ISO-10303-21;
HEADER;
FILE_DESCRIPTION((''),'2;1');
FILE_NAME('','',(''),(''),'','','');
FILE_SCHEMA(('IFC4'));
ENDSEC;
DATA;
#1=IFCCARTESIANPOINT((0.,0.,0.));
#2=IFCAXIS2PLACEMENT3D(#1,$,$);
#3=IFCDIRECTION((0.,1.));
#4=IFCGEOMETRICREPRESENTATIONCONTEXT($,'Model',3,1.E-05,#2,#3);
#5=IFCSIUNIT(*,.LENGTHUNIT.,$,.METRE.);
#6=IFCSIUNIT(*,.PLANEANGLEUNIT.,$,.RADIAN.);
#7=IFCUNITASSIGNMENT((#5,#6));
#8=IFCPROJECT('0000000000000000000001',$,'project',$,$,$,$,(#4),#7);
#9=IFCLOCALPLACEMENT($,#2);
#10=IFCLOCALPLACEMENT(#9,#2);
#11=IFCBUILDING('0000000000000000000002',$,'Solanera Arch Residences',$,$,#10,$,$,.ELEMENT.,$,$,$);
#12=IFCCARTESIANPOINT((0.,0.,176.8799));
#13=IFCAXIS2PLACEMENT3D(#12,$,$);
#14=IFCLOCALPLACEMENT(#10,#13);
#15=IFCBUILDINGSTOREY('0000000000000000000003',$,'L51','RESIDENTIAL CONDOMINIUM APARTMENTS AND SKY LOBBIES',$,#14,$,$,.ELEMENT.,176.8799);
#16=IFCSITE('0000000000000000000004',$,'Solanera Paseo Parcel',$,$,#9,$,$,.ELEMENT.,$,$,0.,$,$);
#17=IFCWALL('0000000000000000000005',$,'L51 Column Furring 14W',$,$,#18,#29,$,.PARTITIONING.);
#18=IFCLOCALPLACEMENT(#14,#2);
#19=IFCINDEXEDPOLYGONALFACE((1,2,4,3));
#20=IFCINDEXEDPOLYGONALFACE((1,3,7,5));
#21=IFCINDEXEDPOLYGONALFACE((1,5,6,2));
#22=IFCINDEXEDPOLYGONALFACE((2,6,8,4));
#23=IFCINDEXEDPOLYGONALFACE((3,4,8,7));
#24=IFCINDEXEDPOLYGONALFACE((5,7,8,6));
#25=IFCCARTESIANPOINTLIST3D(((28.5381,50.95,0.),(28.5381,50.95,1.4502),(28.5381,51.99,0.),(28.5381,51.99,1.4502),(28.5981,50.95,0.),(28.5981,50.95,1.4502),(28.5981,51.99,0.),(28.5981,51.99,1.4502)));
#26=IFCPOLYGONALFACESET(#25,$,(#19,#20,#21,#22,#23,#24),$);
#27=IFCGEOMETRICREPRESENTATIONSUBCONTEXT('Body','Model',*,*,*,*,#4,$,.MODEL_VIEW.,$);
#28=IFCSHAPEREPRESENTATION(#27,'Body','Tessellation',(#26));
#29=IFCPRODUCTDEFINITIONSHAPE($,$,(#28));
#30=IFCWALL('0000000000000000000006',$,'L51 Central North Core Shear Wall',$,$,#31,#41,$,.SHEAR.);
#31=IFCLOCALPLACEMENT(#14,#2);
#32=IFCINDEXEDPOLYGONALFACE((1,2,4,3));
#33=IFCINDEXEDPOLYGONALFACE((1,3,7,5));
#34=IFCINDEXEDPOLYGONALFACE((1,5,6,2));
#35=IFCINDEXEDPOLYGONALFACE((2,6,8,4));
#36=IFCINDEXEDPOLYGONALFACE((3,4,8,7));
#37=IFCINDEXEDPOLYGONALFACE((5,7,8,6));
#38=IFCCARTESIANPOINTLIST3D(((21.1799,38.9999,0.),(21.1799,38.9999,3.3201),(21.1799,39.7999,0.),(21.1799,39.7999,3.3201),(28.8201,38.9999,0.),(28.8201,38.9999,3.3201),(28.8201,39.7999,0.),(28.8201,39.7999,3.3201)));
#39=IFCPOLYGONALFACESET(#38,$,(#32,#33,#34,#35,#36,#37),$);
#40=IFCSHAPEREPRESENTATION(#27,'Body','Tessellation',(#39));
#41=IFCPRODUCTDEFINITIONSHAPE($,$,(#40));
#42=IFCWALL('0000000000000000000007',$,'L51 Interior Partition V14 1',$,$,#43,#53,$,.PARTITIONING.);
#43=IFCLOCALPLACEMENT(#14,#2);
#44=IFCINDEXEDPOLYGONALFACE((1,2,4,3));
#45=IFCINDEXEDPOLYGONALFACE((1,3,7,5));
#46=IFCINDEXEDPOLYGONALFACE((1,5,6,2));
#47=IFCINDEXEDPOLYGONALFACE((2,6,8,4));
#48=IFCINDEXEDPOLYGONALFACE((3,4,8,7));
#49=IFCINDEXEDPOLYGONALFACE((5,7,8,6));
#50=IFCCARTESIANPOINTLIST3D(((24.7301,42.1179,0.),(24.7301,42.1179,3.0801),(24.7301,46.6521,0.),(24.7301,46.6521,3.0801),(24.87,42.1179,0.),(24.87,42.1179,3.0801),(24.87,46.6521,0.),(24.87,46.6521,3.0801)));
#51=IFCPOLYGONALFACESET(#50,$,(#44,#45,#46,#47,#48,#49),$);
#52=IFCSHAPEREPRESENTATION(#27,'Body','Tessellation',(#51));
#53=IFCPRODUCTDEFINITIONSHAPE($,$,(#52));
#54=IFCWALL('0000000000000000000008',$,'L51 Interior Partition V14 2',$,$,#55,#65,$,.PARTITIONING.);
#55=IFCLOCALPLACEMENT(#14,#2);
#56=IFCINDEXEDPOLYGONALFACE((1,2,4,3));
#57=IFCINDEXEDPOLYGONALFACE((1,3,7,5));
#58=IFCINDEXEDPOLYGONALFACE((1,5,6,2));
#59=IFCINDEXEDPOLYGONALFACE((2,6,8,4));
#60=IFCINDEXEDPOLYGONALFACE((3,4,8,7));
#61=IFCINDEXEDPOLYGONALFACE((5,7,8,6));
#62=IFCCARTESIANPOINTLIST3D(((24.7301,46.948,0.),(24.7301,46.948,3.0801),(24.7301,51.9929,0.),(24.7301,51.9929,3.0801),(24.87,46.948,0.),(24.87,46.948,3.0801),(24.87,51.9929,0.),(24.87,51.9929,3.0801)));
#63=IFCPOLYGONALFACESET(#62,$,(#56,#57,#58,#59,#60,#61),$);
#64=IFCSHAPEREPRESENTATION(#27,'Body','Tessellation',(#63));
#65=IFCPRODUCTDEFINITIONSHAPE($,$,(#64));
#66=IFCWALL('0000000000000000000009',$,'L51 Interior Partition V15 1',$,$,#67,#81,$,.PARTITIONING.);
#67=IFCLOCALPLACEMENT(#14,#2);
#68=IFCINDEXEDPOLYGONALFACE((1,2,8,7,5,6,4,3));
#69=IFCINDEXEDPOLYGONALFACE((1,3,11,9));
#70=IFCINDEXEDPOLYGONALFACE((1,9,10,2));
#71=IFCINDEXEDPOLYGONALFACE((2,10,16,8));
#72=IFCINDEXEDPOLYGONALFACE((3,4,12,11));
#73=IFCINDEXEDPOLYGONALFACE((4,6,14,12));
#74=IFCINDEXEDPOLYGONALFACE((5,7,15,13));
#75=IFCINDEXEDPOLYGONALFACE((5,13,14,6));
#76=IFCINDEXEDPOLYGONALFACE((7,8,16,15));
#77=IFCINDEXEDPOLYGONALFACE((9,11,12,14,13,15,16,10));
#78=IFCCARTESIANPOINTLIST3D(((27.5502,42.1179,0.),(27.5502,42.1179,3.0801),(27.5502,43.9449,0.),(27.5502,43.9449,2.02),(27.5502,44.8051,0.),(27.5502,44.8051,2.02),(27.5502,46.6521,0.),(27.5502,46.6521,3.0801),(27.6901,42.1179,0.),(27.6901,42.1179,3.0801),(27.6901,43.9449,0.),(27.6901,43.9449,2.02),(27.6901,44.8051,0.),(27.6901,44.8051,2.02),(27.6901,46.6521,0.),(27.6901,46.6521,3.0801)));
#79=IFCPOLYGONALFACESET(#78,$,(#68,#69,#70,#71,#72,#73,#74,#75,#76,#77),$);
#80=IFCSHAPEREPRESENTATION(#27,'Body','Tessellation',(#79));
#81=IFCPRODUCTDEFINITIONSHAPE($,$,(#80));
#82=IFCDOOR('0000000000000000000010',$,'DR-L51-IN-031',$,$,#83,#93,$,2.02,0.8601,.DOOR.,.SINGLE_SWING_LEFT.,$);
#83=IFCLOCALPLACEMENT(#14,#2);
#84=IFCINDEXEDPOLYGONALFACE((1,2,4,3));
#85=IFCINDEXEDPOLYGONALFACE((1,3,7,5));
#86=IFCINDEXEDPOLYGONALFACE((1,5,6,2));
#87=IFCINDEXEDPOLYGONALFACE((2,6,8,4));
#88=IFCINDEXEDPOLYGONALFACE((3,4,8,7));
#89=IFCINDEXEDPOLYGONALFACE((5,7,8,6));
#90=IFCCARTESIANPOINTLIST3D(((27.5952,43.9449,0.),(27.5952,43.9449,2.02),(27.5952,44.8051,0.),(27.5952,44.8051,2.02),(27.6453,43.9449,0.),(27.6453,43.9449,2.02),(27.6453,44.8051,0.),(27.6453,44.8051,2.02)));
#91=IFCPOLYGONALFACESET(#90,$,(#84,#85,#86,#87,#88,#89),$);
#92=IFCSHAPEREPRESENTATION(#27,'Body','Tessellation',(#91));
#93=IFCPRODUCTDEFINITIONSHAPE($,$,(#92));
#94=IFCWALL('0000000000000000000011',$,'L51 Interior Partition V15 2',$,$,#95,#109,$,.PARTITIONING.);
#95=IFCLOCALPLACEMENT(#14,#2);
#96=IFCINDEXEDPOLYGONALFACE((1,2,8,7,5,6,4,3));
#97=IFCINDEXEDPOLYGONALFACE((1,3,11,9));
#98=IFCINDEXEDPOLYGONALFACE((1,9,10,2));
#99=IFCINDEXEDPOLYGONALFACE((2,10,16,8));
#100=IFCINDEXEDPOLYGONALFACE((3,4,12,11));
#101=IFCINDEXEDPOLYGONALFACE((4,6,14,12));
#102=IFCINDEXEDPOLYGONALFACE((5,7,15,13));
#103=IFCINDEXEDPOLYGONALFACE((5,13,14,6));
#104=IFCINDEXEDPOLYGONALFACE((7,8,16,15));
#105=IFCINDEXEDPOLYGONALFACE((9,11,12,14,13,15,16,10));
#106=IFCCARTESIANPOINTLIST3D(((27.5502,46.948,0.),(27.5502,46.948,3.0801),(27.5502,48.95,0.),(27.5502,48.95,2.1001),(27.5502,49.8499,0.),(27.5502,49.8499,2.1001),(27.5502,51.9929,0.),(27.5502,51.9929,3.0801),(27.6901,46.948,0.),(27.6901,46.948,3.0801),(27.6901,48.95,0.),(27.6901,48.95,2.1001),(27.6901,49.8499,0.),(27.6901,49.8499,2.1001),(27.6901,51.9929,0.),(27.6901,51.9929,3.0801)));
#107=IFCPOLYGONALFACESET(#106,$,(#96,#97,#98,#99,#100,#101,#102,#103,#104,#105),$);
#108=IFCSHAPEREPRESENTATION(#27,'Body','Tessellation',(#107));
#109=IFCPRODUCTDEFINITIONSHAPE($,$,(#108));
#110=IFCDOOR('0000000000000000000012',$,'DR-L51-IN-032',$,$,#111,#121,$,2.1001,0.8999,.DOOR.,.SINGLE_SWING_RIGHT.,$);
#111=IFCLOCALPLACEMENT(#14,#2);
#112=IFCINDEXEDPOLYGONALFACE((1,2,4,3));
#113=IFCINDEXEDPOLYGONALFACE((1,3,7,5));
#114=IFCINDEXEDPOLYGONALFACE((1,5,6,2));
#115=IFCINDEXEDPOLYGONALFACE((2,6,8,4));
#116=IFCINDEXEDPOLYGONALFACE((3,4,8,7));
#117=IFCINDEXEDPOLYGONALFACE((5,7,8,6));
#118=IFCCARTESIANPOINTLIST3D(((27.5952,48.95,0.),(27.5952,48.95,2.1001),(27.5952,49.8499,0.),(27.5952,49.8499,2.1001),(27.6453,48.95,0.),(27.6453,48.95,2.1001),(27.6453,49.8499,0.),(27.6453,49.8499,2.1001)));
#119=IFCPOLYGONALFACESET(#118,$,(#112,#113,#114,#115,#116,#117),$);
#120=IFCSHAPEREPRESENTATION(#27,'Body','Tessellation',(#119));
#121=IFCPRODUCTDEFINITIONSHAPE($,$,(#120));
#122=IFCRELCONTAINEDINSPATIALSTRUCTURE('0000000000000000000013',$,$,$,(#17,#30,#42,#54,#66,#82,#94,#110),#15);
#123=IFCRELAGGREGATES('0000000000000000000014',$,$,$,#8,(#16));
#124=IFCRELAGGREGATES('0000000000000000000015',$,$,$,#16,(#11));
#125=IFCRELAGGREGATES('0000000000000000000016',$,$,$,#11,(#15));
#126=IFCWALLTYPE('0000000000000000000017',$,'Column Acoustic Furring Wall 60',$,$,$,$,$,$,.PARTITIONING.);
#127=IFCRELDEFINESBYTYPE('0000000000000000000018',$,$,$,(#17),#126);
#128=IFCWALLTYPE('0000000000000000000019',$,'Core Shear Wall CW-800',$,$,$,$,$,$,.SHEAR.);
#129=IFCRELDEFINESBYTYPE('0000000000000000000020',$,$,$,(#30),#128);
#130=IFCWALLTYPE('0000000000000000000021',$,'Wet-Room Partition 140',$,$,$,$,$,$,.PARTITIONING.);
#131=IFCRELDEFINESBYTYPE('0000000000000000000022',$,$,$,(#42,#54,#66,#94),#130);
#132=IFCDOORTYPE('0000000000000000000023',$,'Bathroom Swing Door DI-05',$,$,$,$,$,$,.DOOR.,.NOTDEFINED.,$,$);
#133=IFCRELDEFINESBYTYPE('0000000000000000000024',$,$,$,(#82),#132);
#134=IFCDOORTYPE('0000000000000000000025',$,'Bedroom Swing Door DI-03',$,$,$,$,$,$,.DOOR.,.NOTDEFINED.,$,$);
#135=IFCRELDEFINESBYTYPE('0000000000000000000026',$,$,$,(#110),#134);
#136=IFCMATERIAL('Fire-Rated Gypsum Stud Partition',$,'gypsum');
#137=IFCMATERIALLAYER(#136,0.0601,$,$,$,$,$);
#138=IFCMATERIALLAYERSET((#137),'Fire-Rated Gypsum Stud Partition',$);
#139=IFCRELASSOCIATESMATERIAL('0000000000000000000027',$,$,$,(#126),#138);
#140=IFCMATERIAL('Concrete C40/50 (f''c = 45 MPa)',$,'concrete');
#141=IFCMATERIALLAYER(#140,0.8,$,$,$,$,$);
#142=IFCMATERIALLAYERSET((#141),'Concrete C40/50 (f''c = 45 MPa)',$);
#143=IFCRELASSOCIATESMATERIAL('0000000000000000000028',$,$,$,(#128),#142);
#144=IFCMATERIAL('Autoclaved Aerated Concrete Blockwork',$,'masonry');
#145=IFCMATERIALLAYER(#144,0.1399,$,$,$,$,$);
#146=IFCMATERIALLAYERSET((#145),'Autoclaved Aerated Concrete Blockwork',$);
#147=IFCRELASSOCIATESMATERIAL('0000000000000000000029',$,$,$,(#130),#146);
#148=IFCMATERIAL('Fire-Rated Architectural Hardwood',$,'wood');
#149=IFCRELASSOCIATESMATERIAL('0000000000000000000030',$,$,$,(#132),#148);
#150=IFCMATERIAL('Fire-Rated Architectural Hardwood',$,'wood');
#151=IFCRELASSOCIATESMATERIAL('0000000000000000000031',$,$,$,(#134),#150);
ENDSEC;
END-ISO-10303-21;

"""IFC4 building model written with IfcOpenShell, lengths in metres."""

from ifc_helpers import new_model, si_unit, direction, frame, frame_2d, origin, place, context, subcontext, project, spatial, rectangle, extrude, material, layer, layer_set, type_object, element, fill, save


model = new_model("IFC4")

# Units and contexts
model_context = context("Model", 3, precision=1e-05, world=origin(), true_north=direction((0.0, 1.0)))
body_context = subcontext(model_context, "Body", "Model", "MODEL_VIEW")
ifc_project = project(units=[si_unit("LENGTHUNIT", "METRE"), si_unit("PLANEANGLEUNIT", "RADIAN")], contexts=[model_context])

# Site, building, storey
site_placement = place(None, origin())
site = spatial("IfcSite", under=ifc_project, at=site_placement, Name="Solanera Paseo Parcel", CompositionType="ELEMENT", RefElevation=0.0)
building_placement = place(site_placement, origin())
building = spatial("IfcBuilding", under=site, at=building_placement, Name="Solanera Arch Residences", CompositionType="ELEMENT")
storey_placement = place(building_placement, frame((0.0, 0.0, 176.8799)))
storey = spatial("IfcBuildingStorey", under=building, at=storey_placement, Name="L51", Description="RESIDENTIAL CONDOMINIUM APARTMENTS AND SKY LOBBIES", CompositionType="ELEMENT", Elevation=176.8799)

# Walls
ifc_material_1 = material(Name="Fire-Rated Gypsum Stud Partition", Category="gypsum")
ifc_layer_1 = layer(ifc_material_1, 0.0601)
ifc_layer_set_1 = layer_set([ifc_layer_1], Name="Fire-Rated Gypsum Stud Partition")
wall_type_1 = type_object("IfcWallType", Name="Column Acoustic Furring Wall 60", PredefinedType="PARTITIONING", material=ifc_layer_set_1)
wall_1_placement = place(storey_placement, frame((28.5681, 50.95, 0.0), z_axis=(0.0, 0.0, 1.0), x_axis=(0.0, 1.0, 0.0)))
element("IfcWall", 1, at=wall_1_placement, inside=storey, type_object=wall_type_1, Name="L51 Column Furring 14W", PredefinedType="PARTITIONING", context=body_context, shape_type="SweptSolid", body=[
    extrude(rectangle(XDim=1.04, YDim=0.0601, at=frame_2d((0.52, 0.0))), origin(), (0.0, 0.0, 1.0), 1.4502),
])
ifc_material_2 = material(Name="Concrete C40/50 (f'c = 45 MPa)", Category="concrete")
ifc_layer_2 = layer(ifc_material_2, 0.8)
ifc_layer_set_2 = layer_set([ifc_layer_2], Name="Concrete C40/50 (f'c = 45 MPa)")
wall_type_2 = type_object("IfcWallType", Name="Core Shear Wall CW-800", PredefinedType="SHEAR", material=ifc_layer_set_2)
wall_2_placement = place(storey_placement, frame((21.1799, 39.3999, 0.0), z_axis=(0.0, 0.0, 1.0), x_axis=(1.0, 0.0, 0.0)))
element("IfcWall", 2, at=wall_2_placement, inside=storey, type_object=wall_type_2, Name="L51 Central North Core Shear Wall", PredefinedType="SHEAR", context=body_context, shape_type="SweptSolid", body=[
    extrude(rectangle(XDim=7.6401, YDim=0.8, at=frame_2d((3.8201, 0.0))), origin(), (0.0, 0.0, 1.0), 3.3201),
])
ifc_material_3 = material(Name="Autoclaved Aerated Concrete Blockwork", Category="masonry")
ifc_layer_3 = layer(ifc_material_3, 0.1399)
ifc_layer_set_3 = layer_set([ifc_layer_3], Name="Autoclaved Aerated Concrete Blockwork")
wall_type_3 = type_object("IfcWallType", Name="Wet-Room Partition 140", PredefinedType="PARTITIONING", material=ifc_layer_set_3)
wall_3_placement = place(storey_placement, frame((24.8, 42.1179, 0.0), z_axis=(0.0, 0.0, 1.0), x_axis=(0.0, 1.0, 0.0)))
element("IfcWall", 3, at=wall_3_placement, inside=storey, type_object=wall_type_3, Name="L51 Interior Partition V14 1", PredefinedType="PARTITIONING", context=body_context, shape_type="SweptSolid", body=[
    extrude(rectangle(XDim=4.5342, YDim=0.1399, at=frame_2d((2.2671, 0.0))), origin(), (0.0, 0.0, 1.0), 3.0801),
])
wall_4_placement = place(storey_placement, frame((24.8, 46.948, 0.0), z_axis=(0.0, 0.0, 1.0), x_axis=(0.0, 1.0, 0.0)))
element("IfcWall", 4, at=wall_4_placement, inside=storey, type_object=wall_type_3, Name="L51 Interior Partition V14 2", PredefinedType="PARTITIONING", context=body_context, shape_type="SweptSolid", body=[
    extrude(rectangle(XDim=5.0449, YDim=0.1399, at=frame_2d((2.5225, 0.0))), origin(), (0.0, 0.0, 1.0), 3.0801),
])

# Walls, openings, doors
wall_5_placement = place(storey_placement, frame((27.6201, 42.1179, 0.0), z_axis=(0.0, 0.0, 1.0), x_axis=(0.0, 1.0, 0.0)))
wall_5 = element("IfcWall", 5, at=wall_5_placement, inside=storey, type_object=wall_type_3, Name="L51 Interior Partition V15 1", PredefinedType="PARTITIONING", context=body_context, shape_type="SweptSolid", body=[
    extrude(rectangle(XDim=4.5342, YDim=0.1399, at=frame_2d((2.2671, 0.0))), origin(), (0.0, 0.0, 1.0), 3.0801),
])
opening_1_placement = place(wall_5_placement, frame((1.8269, 0.0, 0.0)))
opening_1 = element("IfcOpeningElement", 6, at=opening_1_placement, cuts=wall_5, PredefinedType="OPENING", context=body_context, shape_type="SweptSolid", body=[
    extrude(rectangle(XDim=0.8601, YDim=2.02, at=frame_2d((0.4302, 1.01))), frame((0.0, 0.0798, 0.0), z_axis=(0.0, -1.0, 0.0), x_axis=(1.0, 0.0, 0.0)), (0.0, 0.0, 1.0), 0.1599),
])
ifc_material_4 = material(Name="Fire-Rated Architectural Hardwood", Category="wood")
door_type_1 = type_object("IfcDoorType", Name="Bathroom Swing Door DI-05", OperationType="NOTDEFINED", PredefinedType="DOOR", material=ifc_material_4)
door_1_placement = place(opening_1_placement, origin())
door_1 = element("IfcDoor", 7, at=door_1_placement, inside=storey, type_object=door_type_1, Name="DR-L51-IN-031", OperationType="SINGLE_SWING_LEFT", OverallHeight=2.02, OverallWidth=0.8601, PredefinedType="DOOR", context=body_context, shape_type="SweptSolid", body=[
    extrude(rectangle(XDim=0.8601, YDim=2.02, at=frame_2d((0.4302, 1.01))), frame((0.0, 0.0249, 0.0), z_axis=(0.0, -1.0, 0.0), x_axis=(1.0, 0.0, 0.0)), (0.0, 0.0, 1.0), 0.05),
])
fill(opening_1, door_1)
wall_6_placement = place(storey_placement, frame((27.6201, 46.948, 0.0), z_axis=(0.0, 0.0, 1.0), x_axis=(0.0, 1.0, 0.0)))
wall_6 = element("IfcWall", 8, at=wall_6_placement, inside=storey, type_object=wall_type_3, Name="L51 Interior Partition V15 2", PredefinedType="PARTITIONING", context=body_context, shape_type="SweptSolid", body=[
    extrude(rectangle(XDim=5.0449, YDim=0.1399, at=frame_2d((2.5225, 0.0))), origin(), (0.0, 0.0, 1.0), 3.0801),
])
opening_2_placement = place(wall_6_placement, frame((2.002, 0.0, 0.0)))
opening_2 = element("IfcOpeningElement", 9, at=opening_2_placement, cuts=wall_6, PredefinedType="OPENING", context=body_context, shape_type="SweptSolid", body=[
    extrude(rectangle(XDim=0.8999, YDim=2.1001, at=frame_2d((0.45, 1.05))), frame((0.0, 0.0798, 0.0), z_axis=(0.0, -1.0, 0.0), x_axis=(1.0, 0.0, 0.0)), (0.0, 0.0, 1.0), 0.1599),
])
ifc_material_5 = material(Name="Fire-Rated Architectural Hardwood", Category="wood")
door_type_2 = type_object("IfcDoorType", Name="Bedroom Swing Door DI-03", OperationType="NOTDEFINED", PredefinedType="DOOR", material=ifc_material_5)
door_2_placement = place(opening_2_placement, origin())
door_2 = element("IfcDoor", 10, at=door_2_placement, inside=storey, type_object=door_type_2, Name="DR-L51-IN-032", OperationType="SINGLE_SWING_RIGHT", OverallHeight=2.1001, OverallWidth=0.8999, PredefinedType="DOOR", context=body_context, shape_type="SweptSolid", body=[
    extrude(rectangle(XDim=0.8999, YDim=2.1001, at=frame_2d((0.45, 1.05))), frame((0.0, 0.0249, 0.0), z_axis=(0.0, -1.0, 0.0), x_axis=(1.0, 0.0, 0.0)), (0.0, 0.0, 1.0), 0.05),
])
fill(opening_2, door_2)

save(model, "model.ifc")
